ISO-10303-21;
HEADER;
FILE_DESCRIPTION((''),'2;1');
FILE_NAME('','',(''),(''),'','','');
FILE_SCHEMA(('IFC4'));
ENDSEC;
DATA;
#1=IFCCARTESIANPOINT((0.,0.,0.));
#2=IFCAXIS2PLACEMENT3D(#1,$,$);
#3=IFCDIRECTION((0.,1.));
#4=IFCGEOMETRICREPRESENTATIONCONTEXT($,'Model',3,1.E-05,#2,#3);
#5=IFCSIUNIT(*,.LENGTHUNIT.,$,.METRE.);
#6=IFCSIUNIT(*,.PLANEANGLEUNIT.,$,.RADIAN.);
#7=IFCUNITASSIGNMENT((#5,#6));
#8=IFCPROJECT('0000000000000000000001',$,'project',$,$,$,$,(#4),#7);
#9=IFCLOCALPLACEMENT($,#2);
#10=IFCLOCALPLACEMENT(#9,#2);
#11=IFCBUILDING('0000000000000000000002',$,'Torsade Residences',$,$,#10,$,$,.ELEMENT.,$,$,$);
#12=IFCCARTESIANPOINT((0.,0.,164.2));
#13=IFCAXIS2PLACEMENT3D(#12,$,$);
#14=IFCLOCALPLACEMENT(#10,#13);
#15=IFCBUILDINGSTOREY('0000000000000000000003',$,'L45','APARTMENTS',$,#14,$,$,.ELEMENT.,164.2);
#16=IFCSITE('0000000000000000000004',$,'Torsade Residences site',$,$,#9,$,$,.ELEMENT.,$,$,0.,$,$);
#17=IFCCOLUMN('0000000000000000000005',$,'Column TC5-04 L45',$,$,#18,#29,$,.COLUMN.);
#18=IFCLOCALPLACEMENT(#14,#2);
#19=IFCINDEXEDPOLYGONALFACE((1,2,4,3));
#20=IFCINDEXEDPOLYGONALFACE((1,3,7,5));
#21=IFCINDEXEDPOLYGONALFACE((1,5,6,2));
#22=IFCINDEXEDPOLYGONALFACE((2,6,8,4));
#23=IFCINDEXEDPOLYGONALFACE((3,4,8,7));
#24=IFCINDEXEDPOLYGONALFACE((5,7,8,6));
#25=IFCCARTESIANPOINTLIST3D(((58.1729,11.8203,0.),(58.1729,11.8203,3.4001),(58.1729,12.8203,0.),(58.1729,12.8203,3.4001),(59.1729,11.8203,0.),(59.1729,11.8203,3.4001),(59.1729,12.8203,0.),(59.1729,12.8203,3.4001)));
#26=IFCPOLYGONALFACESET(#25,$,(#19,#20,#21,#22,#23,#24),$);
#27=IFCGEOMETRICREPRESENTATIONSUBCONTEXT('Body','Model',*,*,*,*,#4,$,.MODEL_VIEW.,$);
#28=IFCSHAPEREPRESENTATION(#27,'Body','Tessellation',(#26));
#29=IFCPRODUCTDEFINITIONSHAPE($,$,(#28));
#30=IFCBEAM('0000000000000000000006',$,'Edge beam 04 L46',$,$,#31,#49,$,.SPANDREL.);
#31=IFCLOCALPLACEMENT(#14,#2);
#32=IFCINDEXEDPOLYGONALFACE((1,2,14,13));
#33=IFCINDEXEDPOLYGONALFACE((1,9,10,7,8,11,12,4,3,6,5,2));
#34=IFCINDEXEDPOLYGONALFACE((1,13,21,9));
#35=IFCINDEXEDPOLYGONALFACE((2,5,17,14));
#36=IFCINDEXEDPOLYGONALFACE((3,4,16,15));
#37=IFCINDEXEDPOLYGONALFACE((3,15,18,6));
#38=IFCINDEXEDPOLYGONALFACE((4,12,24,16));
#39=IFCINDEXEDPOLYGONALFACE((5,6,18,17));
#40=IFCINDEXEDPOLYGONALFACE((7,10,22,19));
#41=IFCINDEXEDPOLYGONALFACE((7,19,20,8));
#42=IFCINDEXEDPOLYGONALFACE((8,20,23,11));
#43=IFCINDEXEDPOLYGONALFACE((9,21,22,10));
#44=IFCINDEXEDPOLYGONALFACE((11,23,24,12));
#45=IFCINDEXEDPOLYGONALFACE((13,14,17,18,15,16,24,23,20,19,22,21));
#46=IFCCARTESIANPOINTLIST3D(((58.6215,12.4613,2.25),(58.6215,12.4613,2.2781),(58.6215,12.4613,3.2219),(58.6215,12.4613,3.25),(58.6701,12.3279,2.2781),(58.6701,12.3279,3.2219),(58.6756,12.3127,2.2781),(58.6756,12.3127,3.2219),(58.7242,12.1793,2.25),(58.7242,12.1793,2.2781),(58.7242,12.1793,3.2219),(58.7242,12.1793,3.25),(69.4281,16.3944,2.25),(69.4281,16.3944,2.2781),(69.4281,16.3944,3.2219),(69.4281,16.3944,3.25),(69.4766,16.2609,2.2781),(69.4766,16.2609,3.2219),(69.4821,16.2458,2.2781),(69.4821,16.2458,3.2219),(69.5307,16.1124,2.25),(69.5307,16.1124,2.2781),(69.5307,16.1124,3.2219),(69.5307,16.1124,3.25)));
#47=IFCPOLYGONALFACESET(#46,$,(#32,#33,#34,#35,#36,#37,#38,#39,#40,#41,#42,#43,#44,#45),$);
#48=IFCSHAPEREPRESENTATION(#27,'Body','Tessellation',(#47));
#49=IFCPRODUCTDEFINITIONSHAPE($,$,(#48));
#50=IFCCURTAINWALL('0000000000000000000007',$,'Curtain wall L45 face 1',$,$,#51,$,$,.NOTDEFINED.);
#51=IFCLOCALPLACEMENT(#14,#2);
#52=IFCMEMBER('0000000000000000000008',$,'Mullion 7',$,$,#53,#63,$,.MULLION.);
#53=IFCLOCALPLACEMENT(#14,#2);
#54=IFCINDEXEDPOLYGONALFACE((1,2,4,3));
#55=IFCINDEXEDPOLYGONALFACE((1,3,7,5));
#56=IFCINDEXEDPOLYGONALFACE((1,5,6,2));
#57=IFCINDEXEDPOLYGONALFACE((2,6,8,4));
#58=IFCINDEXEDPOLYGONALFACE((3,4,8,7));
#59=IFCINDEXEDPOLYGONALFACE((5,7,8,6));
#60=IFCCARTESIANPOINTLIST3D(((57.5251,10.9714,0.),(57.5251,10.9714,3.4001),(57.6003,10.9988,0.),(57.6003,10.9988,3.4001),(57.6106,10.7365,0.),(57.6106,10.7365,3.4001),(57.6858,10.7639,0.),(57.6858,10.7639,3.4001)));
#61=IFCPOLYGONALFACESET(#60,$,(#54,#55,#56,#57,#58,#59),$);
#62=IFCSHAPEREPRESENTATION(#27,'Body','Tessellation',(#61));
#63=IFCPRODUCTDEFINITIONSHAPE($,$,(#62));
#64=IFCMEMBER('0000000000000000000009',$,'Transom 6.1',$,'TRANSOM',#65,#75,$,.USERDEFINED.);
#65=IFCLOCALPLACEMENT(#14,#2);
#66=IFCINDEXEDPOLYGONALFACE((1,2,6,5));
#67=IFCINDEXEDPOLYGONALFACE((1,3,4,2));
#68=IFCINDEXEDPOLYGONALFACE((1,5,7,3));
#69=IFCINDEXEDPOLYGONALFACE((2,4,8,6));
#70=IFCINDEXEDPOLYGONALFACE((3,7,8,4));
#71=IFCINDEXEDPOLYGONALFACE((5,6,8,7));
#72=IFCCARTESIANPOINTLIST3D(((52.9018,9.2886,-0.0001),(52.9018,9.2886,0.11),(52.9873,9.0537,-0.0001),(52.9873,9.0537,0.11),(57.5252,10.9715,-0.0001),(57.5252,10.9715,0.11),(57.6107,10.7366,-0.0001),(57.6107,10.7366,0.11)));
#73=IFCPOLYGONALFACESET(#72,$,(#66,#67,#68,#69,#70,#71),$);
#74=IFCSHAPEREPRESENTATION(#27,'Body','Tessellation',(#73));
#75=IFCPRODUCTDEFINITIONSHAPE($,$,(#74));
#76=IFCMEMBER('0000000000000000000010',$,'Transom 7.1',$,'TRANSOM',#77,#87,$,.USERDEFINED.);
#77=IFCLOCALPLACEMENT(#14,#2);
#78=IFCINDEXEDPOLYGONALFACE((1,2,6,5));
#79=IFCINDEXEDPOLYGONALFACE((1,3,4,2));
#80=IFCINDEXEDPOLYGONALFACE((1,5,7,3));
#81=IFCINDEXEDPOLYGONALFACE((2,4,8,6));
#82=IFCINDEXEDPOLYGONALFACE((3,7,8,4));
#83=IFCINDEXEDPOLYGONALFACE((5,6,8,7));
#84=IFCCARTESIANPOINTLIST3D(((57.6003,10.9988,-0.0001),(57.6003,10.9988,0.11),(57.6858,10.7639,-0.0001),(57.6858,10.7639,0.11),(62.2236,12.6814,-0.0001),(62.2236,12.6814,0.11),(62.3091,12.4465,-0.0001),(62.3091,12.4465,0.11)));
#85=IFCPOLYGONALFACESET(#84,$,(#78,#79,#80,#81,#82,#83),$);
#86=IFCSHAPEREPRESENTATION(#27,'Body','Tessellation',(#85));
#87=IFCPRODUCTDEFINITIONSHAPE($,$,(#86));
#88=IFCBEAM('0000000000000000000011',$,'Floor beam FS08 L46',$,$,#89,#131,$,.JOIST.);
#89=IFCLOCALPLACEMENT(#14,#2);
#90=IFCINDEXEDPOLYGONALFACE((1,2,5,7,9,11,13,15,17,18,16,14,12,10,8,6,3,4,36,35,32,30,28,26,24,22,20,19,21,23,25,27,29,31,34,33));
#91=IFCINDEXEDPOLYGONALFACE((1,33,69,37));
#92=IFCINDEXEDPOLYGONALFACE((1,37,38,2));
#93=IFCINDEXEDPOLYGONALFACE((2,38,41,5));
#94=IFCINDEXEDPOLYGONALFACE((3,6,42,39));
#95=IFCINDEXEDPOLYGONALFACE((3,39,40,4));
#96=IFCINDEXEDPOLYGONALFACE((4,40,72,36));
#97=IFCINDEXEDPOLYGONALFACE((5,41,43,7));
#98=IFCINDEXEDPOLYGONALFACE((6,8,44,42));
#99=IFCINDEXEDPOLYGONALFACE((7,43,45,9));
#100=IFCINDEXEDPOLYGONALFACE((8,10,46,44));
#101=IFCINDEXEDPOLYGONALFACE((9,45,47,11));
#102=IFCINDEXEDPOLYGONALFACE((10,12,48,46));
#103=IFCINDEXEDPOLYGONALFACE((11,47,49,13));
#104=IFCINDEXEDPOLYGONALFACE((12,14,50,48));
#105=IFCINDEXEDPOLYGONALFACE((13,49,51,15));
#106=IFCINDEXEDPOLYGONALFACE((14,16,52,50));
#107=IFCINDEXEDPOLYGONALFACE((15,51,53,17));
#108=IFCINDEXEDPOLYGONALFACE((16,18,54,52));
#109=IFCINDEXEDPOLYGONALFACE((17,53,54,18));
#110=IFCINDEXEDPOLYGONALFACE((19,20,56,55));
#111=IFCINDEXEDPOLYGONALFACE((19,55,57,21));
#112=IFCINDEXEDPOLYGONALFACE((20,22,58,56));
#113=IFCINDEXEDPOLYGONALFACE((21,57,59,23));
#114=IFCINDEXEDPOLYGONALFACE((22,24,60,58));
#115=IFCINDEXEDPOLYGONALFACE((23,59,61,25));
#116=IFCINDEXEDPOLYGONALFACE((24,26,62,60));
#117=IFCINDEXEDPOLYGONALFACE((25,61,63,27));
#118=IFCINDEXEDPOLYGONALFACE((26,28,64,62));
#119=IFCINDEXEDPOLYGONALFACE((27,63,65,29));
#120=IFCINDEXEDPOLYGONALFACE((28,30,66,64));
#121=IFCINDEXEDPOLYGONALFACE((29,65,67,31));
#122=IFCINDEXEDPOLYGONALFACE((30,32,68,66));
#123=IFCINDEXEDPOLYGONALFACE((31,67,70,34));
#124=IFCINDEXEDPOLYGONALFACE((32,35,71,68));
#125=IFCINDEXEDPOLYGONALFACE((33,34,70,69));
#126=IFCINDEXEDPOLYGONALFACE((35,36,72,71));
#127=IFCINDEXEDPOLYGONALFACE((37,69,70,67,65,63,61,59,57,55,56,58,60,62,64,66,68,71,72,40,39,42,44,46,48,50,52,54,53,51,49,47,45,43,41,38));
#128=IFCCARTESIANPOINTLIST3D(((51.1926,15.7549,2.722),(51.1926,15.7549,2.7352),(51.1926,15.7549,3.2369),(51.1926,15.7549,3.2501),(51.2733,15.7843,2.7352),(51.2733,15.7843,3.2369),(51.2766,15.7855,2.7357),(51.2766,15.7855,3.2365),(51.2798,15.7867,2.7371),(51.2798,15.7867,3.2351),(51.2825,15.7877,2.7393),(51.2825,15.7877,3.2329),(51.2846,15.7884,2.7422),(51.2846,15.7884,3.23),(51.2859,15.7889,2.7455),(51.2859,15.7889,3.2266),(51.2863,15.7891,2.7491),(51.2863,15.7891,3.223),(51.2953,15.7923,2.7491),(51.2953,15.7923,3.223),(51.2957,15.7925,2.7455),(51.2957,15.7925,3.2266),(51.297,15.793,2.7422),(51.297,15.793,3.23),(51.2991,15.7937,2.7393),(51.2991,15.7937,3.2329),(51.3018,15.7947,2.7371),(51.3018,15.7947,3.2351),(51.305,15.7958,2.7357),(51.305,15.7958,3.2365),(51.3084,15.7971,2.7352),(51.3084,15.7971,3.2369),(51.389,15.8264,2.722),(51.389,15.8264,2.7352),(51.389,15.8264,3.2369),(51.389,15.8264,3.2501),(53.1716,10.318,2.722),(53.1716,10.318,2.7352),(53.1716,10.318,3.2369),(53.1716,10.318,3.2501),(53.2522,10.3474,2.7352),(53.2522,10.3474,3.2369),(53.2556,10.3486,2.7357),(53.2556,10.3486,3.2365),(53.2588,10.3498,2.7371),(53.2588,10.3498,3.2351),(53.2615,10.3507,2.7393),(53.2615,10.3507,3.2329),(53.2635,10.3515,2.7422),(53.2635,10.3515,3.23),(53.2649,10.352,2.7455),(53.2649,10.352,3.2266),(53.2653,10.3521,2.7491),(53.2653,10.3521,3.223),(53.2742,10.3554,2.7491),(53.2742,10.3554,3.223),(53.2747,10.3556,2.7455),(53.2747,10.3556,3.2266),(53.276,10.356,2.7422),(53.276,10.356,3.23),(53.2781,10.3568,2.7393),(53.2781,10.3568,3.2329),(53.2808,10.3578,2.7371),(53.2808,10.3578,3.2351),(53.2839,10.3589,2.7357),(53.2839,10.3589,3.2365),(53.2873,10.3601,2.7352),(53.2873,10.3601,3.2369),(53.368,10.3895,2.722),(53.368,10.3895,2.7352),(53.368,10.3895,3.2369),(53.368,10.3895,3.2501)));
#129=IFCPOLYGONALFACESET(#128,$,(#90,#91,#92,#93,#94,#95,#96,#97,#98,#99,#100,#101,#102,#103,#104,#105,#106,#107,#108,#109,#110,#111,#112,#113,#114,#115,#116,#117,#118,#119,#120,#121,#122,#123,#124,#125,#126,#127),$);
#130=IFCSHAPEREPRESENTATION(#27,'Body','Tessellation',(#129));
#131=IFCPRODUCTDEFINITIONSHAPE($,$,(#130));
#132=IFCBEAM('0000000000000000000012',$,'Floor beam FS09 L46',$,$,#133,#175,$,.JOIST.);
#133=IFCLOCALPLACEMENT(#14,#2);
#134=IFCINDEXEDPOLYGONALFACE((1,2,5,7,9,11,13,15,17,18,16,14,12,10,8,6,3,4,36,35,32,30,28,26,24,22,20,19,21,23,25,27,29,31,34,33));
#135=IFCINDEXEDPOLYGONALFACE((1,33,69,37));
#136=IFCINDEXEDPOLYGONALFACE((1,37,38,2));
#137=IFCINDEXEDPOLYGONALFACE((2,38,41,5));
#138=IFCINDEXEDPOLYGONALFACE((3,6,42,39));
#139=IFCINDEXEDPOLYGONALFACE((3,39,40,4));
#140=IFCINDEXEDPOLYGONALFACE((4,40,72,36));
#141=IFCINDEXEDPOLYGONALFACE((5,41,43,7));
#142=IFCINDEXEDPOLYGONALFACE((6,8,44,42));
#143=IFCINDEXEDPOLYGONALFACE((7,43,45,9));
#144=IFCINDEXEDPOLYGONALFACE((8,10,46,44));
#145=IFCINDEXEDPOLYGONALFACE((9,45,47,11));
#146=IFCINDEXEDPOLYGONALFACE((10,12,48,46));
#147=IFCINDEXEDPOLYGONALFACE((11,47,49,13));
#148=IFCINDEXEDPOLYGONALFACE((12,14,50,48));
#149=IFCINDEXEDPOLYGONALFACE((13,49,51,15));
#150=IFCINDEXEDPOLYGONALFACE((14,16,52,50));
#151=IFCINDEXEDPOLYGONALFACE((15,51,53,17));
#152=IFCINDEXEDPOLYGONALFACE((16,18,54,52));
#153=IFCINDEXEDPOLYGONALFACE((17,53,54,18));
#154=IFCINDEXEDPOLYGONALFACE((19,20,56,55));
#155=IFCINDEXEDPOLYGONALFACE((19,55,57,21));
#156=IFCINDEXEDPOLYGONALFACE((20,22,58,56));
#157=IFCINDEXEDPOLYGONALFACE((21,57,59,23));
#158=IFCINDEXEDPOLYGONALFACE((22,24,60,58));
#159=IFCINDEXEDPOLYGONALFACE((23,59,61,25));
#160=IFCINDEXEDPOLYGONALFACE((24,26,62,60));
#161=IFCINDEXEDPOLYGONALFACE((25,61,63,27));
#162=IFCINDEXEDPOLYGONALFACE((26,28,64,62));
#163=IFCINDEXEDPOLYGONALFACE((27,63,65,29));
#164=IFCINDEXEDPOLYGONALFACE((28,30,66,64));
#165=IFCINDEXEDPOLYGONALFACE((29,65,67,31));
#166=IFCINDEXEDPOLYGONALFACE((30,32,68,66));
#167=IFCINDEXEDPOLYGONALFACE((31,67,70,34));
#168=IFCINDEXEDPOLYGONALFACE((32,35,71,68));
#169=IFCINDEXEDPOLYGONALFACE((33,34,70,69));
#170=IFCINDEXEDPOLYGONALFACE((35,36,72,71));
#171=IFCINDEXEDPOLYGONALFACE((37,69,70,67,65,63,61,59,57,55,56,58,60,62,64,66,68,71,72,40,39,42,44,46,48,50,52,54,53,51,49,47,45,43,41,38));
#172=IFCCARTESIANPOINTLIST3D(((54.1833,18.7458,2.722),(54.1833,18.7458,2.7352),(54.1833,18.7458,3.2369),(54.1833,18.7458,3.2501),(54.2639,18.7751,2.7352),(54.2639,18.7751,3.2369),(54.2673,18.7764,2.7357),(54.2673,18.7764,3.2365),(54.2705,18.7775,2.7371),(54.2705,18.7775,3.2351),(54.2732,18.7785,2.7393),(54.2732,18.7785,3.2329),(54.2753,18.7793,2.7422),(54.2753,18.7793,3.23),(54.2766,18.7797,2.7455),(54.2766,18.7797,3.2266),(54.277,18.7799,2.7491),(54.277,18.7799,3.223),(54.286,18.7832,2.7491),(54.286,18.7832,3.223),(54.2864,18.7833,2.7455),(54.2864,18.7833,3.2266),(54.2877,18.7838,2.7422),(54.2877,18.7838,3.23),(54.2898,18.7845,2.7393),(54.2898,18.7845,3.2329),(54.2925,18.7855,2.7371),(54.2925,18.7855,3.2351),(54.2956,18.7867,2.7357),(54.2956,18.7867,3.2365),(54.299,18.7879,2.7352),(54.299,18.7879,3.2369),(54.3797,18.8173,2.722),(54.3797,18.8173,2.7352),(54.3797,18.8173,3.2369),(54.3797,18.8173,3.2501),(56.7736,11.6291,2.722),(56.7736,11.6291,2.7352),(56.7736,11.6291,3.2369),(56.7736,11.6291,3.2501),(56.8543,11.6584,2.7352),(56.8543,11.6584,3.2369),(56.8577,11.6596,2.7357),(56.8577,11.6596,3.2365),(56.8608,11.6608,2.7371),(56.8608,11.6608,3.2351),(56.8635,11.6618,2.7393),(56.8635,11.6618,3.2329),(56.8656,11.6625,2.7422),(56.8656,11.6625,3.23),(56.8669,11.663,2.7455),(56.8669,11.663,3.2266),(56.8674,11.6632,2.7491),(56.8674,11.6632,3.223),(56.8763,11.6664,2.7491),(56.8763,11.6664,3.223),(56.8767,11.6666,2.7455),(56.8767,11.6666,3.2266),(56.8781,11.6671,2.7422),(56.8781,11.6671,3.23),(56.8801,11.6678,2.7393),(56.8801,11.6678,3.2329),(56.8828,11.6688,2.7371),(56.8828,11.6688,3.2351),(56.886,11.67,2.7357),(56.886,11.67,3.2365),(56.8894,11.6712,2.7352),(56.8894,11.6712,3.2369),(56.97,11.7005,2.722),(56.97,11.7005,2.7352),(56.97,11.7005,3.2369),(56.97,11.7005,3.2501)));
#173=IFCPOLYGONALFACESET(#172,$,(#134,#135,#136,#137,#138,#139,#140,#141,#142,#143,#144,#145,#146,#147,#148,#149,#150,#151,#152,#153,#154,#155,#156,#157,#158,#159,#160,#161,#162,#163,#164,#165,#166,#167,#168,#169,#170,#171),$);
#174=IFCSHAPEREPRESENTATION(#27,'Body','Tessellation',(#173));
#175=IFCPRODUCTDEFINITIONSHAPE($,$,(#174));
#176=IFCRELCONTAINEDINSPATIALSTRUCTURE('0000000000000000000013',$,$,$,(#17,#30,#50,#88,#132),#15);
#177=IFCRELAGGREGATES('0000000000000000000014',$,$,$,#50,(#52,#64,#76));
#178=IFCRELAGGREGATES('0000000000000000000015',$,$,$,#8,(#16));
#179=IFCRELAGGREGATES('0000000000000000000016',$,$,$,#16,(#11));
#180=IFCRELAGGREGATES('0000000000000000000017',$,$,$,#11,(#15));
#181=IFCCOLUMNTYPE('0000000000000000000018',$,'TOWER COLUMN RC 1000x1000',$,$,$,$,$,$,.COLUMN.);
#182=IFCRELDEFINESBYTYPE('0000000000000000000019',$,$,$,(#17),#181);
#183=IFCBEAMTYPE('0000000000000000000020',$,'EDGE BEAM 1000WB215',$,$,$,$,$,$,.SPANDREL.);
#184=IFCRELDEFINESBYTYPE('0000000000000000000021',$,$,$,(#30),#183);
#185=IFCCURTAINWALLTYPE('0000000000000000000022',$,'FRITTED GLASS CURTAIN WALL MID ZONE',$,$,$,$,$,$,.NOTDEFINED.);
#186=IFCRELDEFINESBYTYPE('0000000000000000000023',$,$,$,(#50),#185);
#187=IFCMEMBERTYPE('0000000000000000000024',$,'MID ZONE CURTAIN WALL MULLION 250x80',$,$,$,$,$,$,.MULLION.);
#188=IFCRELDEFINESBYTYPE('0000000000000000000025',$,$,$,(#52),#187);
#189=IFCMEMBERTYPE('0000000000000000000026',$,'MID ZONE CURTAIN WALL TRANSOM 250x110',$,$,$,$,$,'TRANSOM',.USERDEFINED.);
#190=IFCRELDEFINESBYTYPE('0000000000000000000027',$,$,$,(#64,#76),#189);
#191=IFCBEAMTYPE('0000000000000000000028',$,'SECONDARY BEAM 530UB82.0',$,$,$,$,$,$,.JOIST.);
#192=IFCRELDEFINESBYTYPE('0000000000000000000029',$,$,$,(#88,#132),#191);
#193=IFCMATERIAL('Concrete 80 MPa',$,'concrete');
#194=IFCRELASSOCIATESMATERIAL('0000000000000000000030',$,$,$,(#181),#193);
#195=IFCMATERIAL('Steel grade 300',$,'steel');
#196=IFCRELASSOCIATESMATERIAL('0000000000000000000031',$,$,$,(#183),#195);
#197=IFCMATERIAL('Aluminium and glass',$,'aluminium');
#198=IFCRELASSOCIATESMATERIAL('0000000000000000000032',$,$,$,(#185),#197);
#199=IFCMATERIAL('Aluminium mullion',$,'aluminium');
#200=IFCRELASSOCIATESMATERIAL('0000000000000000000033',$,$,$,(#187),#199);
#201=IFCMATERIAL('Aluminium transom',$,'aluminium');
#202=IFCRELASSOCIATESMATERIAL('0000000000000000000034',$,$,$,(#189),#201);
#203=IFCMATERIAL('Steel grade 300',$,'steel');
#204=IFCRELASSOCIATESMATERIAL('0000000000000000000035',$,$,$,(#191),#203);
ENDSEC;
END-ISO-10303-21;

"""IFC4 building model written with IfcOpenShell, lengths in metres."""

from ifc_helpers import new_model, si_unit, direction, frame, origin, origin_2d, place, context, subcontext, project, spatial, rectangle, i_section, extrude, material, material_profile, profile_set, type_object, element, aggregate, save


model = new_model("IFC4")

# Units and contexts
model_context = context("Model", 3, precision=1e-05, world=origin(), true_north=direction((0.0, 1.0)))
body_context = subcontext(model_context, "Body", "Model", "MODEL_VIEW")
ifc_project = project(units=[si_unit("LENGTHUNIT", "METRE"), si_unit("PLANEANGLEUNIT", "RADIAN")], contexts=[model_context])

# Site, building, storey
site_placement = place(None, origin())
site = spatial("IfcSite", under=ifc_project, at=site_placement, Name="Torsade Residences site", CompositionType="ELEMENT", RefElevation=0.0)
building_placement = place(site_placement, origin())
building = spatial("IfcBuilding", under=site, at=building_placement, Name="Torsade Residences", CompositionType="ELEMENT")
storey_placement = place(building_placement, frame((0.0, 0.0, 164.2)))
storey = spatial("IfcBuildingStorey", under=building, at=storey_placement, Name="L45", Description="APARTMENTS", CompositionType="ELEMENT", Elevation=164.2)

# Column
ifc_material_1 = material(Name="Concrete 80 MPa", Category="concrete")
ifc_material_profile_1 = material_profile(ifc_material_1, rectangle(XDim=1.0, YDim=1.0, at=origin_2d()), Name="RC 1000x1000")
ifc_profile_set_1 = profile_set([ifc_material_profile_1], Name="Concrete 80 MPa")
column_type = type_object("IfcColumnType", Name="TOWER COLUMN RC 1000x1000", PredefinedType="COLUMN", material=ifc_profile_set_1)
column_placement = place(storey_placement, frame((58.6729, 12.3203, 0.0), z_axis=(0.0, 0.0, 1.0), x_axis=(1.0, 0.0, 0.0)))
element("IfcColumn", 1, at=column_placement, inside=storey, type_object=column_type, Name="Column TC5-04 L45", PredefinedType="COLUMN", context=body_context, shape_type="SweptSolid", body=[
    extrude(rectangle(XDim=1.0, YDim=1.0, at=origin_2d()), origin(), (0.0, 0.0, 1.0), 3.4001),
])

# Beam
ifc_material_2 = material(Name="Steel grade 300", Category="steel")
ifc_material_profile_2 = material_profile(ifc_material_2, i_section(OverallWidth=0.3, OverallDepth=1.0, WebThickness=0.0161, FlangeThickness=0.0281, at=origin_2d()), Name="1000WB215")
ifc_profile_set_2 = profile_set([ifc_material_profile_2], Name="Steel grade 300")
beam_type_1 = type_object("IfcBeamType", Name="EDGE BEAM 1000WB215", PredefinedType="SPANDREL", material=ifc_profile_set_2)
beam_1_placement = place(storey_placement, frame((58.6729, 12.3203, 2.75), z_axis=(0.939698, 0.342006, 0.0), x_axis=(-0.342006, 0.939698, 0.0)))
element("IfcBeam", 2, at=beam_1_placement, inside=storey, type_object=beam_type_1, Name="Edge beam 04 L46", PredefinedType="SPANDREL", context=body_context, shape_type="SweptSolid", body=[
    extrude(i_section(OverallWidth=0.3, OverallDepth=1.0, WebThickness=0.0161, FlangeThickness=0.0281, at=origin_2d()), origin(), (0.0, 0.0, 1.0), 11.5),
])

# Curtain wall, members
ifc_material_3 = material(Name="Aluminium and glass", Category="aluminium")
curtain_wall_type = type_object("IfcCurtainWallType", Name="FRITTED GLASS CURTAIN WALL MID ZONE", PredefinedType="NOTDEFINED", material=ifc_material_3)
curtain_wall_placement = place(storey_placement, origin())
curtain_wall = element("IfcCurtainWall", 3, at=curtain_wall_placement, inside=storey, type_object=curtain_wall_type, Name="Curtain wall L45 face 1", PredefinedType="NOTDEFINED")
ifc_material_4 = material(Name="Aluminium mullion", Category="aluminium")
ifc_material_profile_3 = material_profile(ifc_material_4, rectangle(XDim=0.25, YDim=0.0801, at=origin_2d()), Name="MID ZONE CURTAIN WALL MULLION 250x80")
ifc_profile_set_3 = profile_set([ifc_material_profile_3], Name="Aluminium mullion")
member_type_1 = type_object("IfcMemberType", Name="MID ZONE CURTAIN WALL MULLION 250x80", PredefinedType="MULLION", material=ifc_profile_set_3)
member_1_placement = place(storey_placement, frame((57.6055, 10.8677, 0.0), z_axis=(0.0, 0.0, 1.0), x_axis=(-0.34202, 0.939693, 0.0)))
member_1 = element("IfcMember", 4, at=member_1_placement, type_object=member_type_1, Name="Mullion 7", PredefinedType="MULLION", context=body_context, shape_type="SweptSolid", body=[
    extrude(rectangle(XDim=0.25, YDim=0.0801, at=origin_2d()), origin(), (0.0, 0.0, 1.0), 3.4001),
])
ifc_material_5 = material(Name="Aluminium transom", Category="aluminium")
ifc_material_profile_4 = material_profile(ifc_material_5, rectangle(XDim=0.25, YDim=0.1101, at=origin_2d()), Name="MID ZONE CURTAIN WALL TRANSOM 250x110")
ifc_profile_set_4 = profile_set([ifc_material_profile_4], Name="Aluminium transom")
member_type_2 = type_object("IfcMemberType", Name="MID ZONE CURTAIN WALL TRANSOM 250x110", ElementType="TRANSOM", PredefinedType="USERDEFINED", material=ifc_profile_set_4)
member_2_placement = place(storey_placement, frame((52.9446, 9.1711, 0.0549), z_axis=(0.939685, 0.342042, 0.0), x_axis=(-0.342042, 0.939685, 0.0)))
member_2 = element("IfcMember", 5, at=member_2_placement, type_object=member_type_2, Name="Transom 6.1", ObjectType="TRANSOM", PredefinedType="USERDEFINED", context=body_context, shape_type="SweptSolid", body=[
    extrude(rectangle(XDim=0.25, YDim=0.1101, at=origin_2d()), origin(), (0.0, 0.0, 1.0), 4.9202),
])
member_3_placement = place(storey_placement, frame((57.6431, 10.8813, 0.0549), z_axis=(0.939701, 0.341998, 0.0), x_axis=(-0.341998, 0.939701, 0.0)))
member_3 = element("IfcMember", 6, at=member_3_placement, type_object=member_type_2, Name="Transom 7.1", ObjectType="TRANSOM", PredefinedType="USERDEFINED", context=body_context, shape_type="SweptSolid", body=[
    extrude(rectangle(XDim=0.25, YDim=0.1101, at=origin_2d()), origin(), (0.0, 0.0, 1.0), 4.9199),
])

# Beams
ifc_material_6 = material(Name="Steel grade 300", Category="steel")
ifc_material_profile_5 = material_profile(ifc_material_6, i_section(OverallWidth=0.209, OverallDepth=0.5281, WebThickness=0.0095, FlangeThickness=0.0132, FilletRadius=0.0139, at=origin_2d()), Name="530UB82.0")
ifc_profile_set_5 = profile_set([ifc_material_profile_5], Name="Steel grade 300")
beam_type_2 = type_object("IfcBeamType", Name="SECONDARY BEAM 530UB82.0", PredefinedType="JOIST", material=ifc_profile_set_5)
beam_2_placement = place(storey_placement, frame((53.2698, 10.3538, 2.9861), z_axis=(-0.342034, 0.939687, 0.0), x_axis=(-0.939687, -0.342034, 0.0)))
element("IfcBeam", 7, at=beam_2_placement, inside=storey, type_object=beam_type_2, Name="Floor beam FS08 L46", PredefinedType="JOIST", context=body_context, shape_type="SweptSolid", body=[
    extrude(i_section(OverallWidth=0.209, OverallDepth=0.5281, WebThickness=0.0095, FlangeThickness=0.0132, FilletRadius=0.0139, at=origin_2d()), origin(), (0.0, 0.0, 1.0), 5.7859),
])
beam_3_placement = place(storey_placement, frame((56.8718, 11.6648, 2.9861), z_axis=(-0.342028, 0.93969, 0.0), x_axis=(-0.93969, -0.342028, 0.0)))
element("IfcBeam", 8, at=beam_3_placement, inside=storey, type_object=beam_type_2, Name="Floor beam FS09 L46", PredefinedType="JOIST", context=body_context, shape_type="SweptSolid", body=[
    extrude(i_section(OverallWidth=0.209, OverallDepth=0.5281, WebThickness=0.0095, FlangeThickness=0.0132, FilletRadius=0.0139, at=origin_2d()), origin(), (0.0, 0.0, 1.0), 7.5735),
])

aggregate(curtain_wall, [member_1, member_2, member_3])

save(model, "model.ifc")
